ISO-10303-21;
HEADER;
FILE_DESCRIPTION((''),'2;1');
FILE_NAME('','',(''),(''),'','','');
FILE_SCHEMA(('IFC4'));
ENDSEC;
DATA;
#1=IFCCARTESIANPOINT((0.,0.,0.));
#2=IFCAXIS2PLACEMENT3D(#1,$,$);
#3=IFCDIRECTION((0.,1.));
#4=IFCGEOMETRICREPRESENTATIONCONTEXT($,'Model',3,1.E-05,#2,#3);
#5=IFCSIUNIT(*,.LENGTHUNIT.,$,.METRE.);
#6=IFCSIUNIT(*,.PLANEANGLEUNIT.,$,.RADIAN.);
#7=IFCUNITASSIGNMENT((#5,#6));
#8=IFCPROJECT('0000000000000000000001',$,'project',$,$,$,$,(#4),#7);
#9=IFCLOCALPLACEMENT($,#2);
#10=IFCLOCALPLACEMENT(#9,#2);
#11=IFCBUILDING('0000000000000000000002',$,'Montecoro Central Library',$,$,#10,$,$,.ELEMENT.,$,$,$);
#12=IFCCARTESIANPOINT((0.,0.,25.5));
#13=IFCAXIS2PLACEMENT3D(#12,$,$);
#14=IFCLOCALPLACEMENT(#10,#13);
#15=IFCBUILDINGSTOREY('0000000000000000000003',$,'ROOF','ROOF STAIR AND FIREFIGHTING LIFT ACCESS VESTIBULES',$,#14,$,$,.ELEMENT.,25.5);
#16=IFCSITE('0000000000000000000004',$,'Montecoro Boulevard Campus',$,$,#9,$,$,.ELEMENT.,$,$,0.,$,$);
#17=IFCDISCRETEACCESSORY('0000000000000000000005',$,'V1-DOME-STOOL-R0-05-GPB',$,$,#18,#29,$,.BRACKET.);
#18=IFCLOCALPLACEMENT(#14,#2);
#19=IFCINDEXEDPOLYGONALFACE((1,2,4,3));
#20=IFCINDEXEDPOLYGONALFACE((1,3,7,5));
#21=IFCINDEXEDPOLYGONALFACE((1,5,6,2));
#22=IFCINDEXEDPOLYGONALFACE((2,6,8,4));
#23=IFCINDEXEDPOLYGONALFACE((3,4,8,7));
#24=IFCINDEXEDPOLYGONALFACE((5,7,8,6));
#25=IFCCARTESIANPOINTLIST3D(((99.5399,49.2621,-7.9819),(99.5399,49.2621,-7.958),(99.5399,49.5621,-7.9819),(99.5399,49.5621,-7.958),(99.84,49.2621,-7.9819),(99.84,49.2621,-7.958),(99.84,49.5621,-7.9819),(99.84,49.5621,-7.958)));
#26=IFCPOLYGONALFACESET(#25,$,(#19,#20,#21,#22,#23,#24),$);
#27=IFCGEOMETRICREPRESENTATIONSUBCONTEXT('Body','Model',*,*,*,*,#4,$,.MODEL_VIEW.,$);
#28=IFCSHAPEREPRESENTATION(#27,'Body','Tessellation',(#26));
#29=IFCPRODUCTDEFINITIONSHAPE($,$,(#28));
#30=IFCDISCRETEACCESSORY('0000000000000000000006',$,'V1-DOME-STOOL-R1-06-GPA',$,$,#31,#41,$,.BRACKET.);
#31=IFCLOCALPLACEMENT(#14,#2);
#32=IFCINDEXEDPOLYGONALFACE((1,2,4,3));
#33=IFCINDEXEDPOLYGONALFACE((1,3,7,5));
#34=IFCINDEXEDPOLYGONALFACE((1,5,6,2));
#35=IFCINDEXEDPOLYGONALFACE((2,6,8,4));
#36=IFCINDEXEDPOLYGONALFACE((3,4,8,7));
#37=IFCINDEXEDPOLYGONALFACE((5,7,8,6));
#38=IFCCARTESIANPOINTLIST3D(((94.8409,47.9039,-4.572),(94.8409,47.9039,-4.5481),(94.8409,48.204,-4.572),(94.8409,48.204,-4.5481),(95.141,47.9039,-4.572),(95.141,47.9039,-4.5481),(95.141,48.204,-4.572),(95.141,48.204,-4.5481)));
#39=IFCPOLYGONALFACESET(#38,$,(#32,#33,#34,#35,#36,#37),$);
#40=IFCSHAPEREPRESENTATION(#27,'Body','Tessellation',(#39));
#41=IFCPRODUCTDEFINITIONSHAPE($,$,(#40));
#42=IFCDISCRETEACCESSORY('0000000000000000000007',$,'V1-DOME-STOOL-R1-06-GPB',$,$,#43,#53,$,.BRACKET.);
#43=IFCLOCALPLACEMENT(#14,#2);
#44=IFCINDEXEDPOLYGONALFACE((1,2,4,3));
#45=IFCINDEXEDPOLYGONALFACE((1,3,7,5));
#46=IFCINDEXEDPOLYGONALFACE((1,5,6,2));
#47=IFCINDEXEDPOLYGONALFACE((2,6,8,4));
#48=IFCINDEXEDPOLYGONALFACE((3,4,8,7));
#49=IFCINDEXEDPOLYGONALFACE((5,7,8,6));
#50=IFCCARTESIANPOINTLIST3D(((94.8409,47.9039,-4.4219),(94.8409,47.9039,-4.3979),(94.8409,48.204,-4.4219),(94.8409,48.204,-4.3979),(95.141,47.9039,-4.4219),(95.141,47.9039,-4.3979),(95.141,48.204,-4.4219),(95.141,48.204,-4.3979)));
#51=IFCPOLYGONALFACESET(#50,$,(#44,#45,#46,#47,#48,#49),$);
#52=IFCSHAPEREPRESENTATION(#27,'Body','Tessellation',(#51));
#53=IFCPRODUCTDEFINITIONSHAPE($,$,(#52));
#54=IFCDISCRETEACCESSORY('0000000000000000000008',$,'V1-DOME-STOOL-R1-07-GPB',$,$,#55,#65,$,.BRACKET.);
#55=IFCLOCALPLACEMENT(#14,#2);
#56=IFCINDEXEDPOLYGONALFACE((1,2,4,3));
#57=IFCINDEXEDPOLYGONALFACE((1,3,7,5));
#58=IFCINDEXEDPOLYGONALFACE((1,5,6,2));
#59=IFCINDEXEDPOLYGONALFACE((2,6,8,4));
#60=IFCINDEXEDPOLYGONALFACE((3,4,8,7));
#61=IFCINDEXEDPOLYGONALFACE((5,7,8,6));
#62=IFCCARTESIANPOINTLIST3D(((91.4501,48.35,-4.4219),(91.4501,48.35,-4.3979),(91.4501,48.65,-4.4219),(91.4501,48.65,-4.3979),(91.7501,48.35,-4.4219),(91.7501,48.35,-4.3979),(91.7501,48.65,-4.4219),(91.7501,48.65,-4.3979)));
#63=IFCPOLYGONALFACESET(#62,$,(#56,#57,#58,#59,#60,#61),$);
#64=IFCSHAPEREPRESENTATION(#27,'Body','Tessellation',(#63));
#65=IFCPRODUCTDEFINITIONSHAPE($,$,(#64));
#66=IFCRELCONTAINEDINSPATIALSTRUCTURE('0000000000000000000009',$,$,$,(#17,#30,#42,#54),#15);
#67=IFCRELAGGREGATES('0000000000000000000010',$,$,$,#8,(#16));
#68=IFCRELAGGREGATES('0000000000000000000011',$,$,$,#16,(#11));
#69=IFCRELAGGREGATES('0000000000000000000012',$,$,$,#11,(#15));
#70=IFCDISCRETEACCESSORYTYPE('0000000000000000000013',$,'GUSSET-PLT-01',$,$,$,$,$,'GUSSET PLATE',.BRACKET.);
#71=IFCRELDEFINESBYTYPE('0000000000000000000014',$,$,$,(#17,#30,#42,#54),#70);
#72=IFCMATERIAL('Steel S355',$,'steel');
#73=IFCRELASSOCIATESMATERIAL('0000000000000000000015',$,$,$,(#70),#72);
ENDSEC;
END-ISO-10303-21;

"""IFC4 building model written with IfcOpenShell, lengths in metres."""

from ifc_helpers import new_model, si_unit, direction, frame, origin, origin_2d, place, context, subcontext, project, spatial, rectangle, extrude, material, type_object, element, save


model = new_model("IFC4")

# Units and contexts
model_context = context("Model", 3, precision=1e-05, world=origin(), true_north=direction((0.0, 1.0)))
body_context = subcontext(model_context, "Body", "Model", "MODEL_VIEW")
ifc_project = project(units=[si_unit("LENGTHUNIT", "METRE"), si_unit("PLANEANGLEUNIT", "RADIAN")], contexts=[model_context])

# Site, building, storey
site_placement = place(None, origin())
site = spatial("IfcSite", under=ifc_project, at=site_placement, Name="Montecoro Boulevard Campus", CompositionType="ELEMENT", RefElevation=0.0)
building_placement = place(site_placement, origin())
building = spatial("IfcBuilding", under=site, at=building_placement, Name="Montecoro Central Library", CompositionType="ELEMENT")
storey_placement = place(building_placement, frame((0.0, 0.0, 25.5)))
storey = spatial("IfcBuildingStorey", under=building, at=storey_placement, Name="ROOF", Description="ROOF STAIR AND FIREFIGHTING LIFT ACCESS VESTIBULES", CompositionType="ELEMENT", Elevation=25.5)

# Shared definitions
ifc_material_1 = material(Name="Steel S355", Category="steel")

# Discrete accessories
discrete_accessory_type = type_object("IfcDiscreteAccessoryType", Name="GUSSET-PLT-01", ElementType="GUSSET PLATE", PredefinedType="BRACKET", material=ifc_material_1)
for number, where, z_axis, x_axis, name in (
    (1, (99.6899, 49.4121, -7.9819), (0.0, 0.0, 1.0), (1.0, 0.0, 0.0), "V1-DOME-STOOL-R0-05-GPB"),
    (2, (94.991, 48.054, -4.572), (0.0, 0.0, 1.0), (1.0, 0.0, 0.0), "V1-DOME-STOOL-R1-06-GPA"),
    (3, (94.991, 48.054, -4.4219), (0.0, 0.0, 1.0), (1.0, 0.0, 0.0), "V1-DOME-STOOL-R1-06-GPB"),
    (4, (91.6001, 48.5, -4.4219), (0.0, 0.0, 1.0), (1.0, 0.0, 0.0), "V1-DOME-STOOL-R1-07-GPB"),
):
    element("IfcDiscreteAccessory", number, at=place(storey_placement, frame(where, z_axis=z_axis, x_axis=x_axis)), inside=storey, type_object=discrete_accessory_type, Name=name, PredefinedType="BRACKET", context=body_context, shape_type="SweptSolid", body=[
        extrude(rectangle(XDim=0.3, YDim=0.3, at=origin_2d()), origin(), (0.0, 0.0, 1.0), 0.0239),
    ])

save(model, "model.ifc")
